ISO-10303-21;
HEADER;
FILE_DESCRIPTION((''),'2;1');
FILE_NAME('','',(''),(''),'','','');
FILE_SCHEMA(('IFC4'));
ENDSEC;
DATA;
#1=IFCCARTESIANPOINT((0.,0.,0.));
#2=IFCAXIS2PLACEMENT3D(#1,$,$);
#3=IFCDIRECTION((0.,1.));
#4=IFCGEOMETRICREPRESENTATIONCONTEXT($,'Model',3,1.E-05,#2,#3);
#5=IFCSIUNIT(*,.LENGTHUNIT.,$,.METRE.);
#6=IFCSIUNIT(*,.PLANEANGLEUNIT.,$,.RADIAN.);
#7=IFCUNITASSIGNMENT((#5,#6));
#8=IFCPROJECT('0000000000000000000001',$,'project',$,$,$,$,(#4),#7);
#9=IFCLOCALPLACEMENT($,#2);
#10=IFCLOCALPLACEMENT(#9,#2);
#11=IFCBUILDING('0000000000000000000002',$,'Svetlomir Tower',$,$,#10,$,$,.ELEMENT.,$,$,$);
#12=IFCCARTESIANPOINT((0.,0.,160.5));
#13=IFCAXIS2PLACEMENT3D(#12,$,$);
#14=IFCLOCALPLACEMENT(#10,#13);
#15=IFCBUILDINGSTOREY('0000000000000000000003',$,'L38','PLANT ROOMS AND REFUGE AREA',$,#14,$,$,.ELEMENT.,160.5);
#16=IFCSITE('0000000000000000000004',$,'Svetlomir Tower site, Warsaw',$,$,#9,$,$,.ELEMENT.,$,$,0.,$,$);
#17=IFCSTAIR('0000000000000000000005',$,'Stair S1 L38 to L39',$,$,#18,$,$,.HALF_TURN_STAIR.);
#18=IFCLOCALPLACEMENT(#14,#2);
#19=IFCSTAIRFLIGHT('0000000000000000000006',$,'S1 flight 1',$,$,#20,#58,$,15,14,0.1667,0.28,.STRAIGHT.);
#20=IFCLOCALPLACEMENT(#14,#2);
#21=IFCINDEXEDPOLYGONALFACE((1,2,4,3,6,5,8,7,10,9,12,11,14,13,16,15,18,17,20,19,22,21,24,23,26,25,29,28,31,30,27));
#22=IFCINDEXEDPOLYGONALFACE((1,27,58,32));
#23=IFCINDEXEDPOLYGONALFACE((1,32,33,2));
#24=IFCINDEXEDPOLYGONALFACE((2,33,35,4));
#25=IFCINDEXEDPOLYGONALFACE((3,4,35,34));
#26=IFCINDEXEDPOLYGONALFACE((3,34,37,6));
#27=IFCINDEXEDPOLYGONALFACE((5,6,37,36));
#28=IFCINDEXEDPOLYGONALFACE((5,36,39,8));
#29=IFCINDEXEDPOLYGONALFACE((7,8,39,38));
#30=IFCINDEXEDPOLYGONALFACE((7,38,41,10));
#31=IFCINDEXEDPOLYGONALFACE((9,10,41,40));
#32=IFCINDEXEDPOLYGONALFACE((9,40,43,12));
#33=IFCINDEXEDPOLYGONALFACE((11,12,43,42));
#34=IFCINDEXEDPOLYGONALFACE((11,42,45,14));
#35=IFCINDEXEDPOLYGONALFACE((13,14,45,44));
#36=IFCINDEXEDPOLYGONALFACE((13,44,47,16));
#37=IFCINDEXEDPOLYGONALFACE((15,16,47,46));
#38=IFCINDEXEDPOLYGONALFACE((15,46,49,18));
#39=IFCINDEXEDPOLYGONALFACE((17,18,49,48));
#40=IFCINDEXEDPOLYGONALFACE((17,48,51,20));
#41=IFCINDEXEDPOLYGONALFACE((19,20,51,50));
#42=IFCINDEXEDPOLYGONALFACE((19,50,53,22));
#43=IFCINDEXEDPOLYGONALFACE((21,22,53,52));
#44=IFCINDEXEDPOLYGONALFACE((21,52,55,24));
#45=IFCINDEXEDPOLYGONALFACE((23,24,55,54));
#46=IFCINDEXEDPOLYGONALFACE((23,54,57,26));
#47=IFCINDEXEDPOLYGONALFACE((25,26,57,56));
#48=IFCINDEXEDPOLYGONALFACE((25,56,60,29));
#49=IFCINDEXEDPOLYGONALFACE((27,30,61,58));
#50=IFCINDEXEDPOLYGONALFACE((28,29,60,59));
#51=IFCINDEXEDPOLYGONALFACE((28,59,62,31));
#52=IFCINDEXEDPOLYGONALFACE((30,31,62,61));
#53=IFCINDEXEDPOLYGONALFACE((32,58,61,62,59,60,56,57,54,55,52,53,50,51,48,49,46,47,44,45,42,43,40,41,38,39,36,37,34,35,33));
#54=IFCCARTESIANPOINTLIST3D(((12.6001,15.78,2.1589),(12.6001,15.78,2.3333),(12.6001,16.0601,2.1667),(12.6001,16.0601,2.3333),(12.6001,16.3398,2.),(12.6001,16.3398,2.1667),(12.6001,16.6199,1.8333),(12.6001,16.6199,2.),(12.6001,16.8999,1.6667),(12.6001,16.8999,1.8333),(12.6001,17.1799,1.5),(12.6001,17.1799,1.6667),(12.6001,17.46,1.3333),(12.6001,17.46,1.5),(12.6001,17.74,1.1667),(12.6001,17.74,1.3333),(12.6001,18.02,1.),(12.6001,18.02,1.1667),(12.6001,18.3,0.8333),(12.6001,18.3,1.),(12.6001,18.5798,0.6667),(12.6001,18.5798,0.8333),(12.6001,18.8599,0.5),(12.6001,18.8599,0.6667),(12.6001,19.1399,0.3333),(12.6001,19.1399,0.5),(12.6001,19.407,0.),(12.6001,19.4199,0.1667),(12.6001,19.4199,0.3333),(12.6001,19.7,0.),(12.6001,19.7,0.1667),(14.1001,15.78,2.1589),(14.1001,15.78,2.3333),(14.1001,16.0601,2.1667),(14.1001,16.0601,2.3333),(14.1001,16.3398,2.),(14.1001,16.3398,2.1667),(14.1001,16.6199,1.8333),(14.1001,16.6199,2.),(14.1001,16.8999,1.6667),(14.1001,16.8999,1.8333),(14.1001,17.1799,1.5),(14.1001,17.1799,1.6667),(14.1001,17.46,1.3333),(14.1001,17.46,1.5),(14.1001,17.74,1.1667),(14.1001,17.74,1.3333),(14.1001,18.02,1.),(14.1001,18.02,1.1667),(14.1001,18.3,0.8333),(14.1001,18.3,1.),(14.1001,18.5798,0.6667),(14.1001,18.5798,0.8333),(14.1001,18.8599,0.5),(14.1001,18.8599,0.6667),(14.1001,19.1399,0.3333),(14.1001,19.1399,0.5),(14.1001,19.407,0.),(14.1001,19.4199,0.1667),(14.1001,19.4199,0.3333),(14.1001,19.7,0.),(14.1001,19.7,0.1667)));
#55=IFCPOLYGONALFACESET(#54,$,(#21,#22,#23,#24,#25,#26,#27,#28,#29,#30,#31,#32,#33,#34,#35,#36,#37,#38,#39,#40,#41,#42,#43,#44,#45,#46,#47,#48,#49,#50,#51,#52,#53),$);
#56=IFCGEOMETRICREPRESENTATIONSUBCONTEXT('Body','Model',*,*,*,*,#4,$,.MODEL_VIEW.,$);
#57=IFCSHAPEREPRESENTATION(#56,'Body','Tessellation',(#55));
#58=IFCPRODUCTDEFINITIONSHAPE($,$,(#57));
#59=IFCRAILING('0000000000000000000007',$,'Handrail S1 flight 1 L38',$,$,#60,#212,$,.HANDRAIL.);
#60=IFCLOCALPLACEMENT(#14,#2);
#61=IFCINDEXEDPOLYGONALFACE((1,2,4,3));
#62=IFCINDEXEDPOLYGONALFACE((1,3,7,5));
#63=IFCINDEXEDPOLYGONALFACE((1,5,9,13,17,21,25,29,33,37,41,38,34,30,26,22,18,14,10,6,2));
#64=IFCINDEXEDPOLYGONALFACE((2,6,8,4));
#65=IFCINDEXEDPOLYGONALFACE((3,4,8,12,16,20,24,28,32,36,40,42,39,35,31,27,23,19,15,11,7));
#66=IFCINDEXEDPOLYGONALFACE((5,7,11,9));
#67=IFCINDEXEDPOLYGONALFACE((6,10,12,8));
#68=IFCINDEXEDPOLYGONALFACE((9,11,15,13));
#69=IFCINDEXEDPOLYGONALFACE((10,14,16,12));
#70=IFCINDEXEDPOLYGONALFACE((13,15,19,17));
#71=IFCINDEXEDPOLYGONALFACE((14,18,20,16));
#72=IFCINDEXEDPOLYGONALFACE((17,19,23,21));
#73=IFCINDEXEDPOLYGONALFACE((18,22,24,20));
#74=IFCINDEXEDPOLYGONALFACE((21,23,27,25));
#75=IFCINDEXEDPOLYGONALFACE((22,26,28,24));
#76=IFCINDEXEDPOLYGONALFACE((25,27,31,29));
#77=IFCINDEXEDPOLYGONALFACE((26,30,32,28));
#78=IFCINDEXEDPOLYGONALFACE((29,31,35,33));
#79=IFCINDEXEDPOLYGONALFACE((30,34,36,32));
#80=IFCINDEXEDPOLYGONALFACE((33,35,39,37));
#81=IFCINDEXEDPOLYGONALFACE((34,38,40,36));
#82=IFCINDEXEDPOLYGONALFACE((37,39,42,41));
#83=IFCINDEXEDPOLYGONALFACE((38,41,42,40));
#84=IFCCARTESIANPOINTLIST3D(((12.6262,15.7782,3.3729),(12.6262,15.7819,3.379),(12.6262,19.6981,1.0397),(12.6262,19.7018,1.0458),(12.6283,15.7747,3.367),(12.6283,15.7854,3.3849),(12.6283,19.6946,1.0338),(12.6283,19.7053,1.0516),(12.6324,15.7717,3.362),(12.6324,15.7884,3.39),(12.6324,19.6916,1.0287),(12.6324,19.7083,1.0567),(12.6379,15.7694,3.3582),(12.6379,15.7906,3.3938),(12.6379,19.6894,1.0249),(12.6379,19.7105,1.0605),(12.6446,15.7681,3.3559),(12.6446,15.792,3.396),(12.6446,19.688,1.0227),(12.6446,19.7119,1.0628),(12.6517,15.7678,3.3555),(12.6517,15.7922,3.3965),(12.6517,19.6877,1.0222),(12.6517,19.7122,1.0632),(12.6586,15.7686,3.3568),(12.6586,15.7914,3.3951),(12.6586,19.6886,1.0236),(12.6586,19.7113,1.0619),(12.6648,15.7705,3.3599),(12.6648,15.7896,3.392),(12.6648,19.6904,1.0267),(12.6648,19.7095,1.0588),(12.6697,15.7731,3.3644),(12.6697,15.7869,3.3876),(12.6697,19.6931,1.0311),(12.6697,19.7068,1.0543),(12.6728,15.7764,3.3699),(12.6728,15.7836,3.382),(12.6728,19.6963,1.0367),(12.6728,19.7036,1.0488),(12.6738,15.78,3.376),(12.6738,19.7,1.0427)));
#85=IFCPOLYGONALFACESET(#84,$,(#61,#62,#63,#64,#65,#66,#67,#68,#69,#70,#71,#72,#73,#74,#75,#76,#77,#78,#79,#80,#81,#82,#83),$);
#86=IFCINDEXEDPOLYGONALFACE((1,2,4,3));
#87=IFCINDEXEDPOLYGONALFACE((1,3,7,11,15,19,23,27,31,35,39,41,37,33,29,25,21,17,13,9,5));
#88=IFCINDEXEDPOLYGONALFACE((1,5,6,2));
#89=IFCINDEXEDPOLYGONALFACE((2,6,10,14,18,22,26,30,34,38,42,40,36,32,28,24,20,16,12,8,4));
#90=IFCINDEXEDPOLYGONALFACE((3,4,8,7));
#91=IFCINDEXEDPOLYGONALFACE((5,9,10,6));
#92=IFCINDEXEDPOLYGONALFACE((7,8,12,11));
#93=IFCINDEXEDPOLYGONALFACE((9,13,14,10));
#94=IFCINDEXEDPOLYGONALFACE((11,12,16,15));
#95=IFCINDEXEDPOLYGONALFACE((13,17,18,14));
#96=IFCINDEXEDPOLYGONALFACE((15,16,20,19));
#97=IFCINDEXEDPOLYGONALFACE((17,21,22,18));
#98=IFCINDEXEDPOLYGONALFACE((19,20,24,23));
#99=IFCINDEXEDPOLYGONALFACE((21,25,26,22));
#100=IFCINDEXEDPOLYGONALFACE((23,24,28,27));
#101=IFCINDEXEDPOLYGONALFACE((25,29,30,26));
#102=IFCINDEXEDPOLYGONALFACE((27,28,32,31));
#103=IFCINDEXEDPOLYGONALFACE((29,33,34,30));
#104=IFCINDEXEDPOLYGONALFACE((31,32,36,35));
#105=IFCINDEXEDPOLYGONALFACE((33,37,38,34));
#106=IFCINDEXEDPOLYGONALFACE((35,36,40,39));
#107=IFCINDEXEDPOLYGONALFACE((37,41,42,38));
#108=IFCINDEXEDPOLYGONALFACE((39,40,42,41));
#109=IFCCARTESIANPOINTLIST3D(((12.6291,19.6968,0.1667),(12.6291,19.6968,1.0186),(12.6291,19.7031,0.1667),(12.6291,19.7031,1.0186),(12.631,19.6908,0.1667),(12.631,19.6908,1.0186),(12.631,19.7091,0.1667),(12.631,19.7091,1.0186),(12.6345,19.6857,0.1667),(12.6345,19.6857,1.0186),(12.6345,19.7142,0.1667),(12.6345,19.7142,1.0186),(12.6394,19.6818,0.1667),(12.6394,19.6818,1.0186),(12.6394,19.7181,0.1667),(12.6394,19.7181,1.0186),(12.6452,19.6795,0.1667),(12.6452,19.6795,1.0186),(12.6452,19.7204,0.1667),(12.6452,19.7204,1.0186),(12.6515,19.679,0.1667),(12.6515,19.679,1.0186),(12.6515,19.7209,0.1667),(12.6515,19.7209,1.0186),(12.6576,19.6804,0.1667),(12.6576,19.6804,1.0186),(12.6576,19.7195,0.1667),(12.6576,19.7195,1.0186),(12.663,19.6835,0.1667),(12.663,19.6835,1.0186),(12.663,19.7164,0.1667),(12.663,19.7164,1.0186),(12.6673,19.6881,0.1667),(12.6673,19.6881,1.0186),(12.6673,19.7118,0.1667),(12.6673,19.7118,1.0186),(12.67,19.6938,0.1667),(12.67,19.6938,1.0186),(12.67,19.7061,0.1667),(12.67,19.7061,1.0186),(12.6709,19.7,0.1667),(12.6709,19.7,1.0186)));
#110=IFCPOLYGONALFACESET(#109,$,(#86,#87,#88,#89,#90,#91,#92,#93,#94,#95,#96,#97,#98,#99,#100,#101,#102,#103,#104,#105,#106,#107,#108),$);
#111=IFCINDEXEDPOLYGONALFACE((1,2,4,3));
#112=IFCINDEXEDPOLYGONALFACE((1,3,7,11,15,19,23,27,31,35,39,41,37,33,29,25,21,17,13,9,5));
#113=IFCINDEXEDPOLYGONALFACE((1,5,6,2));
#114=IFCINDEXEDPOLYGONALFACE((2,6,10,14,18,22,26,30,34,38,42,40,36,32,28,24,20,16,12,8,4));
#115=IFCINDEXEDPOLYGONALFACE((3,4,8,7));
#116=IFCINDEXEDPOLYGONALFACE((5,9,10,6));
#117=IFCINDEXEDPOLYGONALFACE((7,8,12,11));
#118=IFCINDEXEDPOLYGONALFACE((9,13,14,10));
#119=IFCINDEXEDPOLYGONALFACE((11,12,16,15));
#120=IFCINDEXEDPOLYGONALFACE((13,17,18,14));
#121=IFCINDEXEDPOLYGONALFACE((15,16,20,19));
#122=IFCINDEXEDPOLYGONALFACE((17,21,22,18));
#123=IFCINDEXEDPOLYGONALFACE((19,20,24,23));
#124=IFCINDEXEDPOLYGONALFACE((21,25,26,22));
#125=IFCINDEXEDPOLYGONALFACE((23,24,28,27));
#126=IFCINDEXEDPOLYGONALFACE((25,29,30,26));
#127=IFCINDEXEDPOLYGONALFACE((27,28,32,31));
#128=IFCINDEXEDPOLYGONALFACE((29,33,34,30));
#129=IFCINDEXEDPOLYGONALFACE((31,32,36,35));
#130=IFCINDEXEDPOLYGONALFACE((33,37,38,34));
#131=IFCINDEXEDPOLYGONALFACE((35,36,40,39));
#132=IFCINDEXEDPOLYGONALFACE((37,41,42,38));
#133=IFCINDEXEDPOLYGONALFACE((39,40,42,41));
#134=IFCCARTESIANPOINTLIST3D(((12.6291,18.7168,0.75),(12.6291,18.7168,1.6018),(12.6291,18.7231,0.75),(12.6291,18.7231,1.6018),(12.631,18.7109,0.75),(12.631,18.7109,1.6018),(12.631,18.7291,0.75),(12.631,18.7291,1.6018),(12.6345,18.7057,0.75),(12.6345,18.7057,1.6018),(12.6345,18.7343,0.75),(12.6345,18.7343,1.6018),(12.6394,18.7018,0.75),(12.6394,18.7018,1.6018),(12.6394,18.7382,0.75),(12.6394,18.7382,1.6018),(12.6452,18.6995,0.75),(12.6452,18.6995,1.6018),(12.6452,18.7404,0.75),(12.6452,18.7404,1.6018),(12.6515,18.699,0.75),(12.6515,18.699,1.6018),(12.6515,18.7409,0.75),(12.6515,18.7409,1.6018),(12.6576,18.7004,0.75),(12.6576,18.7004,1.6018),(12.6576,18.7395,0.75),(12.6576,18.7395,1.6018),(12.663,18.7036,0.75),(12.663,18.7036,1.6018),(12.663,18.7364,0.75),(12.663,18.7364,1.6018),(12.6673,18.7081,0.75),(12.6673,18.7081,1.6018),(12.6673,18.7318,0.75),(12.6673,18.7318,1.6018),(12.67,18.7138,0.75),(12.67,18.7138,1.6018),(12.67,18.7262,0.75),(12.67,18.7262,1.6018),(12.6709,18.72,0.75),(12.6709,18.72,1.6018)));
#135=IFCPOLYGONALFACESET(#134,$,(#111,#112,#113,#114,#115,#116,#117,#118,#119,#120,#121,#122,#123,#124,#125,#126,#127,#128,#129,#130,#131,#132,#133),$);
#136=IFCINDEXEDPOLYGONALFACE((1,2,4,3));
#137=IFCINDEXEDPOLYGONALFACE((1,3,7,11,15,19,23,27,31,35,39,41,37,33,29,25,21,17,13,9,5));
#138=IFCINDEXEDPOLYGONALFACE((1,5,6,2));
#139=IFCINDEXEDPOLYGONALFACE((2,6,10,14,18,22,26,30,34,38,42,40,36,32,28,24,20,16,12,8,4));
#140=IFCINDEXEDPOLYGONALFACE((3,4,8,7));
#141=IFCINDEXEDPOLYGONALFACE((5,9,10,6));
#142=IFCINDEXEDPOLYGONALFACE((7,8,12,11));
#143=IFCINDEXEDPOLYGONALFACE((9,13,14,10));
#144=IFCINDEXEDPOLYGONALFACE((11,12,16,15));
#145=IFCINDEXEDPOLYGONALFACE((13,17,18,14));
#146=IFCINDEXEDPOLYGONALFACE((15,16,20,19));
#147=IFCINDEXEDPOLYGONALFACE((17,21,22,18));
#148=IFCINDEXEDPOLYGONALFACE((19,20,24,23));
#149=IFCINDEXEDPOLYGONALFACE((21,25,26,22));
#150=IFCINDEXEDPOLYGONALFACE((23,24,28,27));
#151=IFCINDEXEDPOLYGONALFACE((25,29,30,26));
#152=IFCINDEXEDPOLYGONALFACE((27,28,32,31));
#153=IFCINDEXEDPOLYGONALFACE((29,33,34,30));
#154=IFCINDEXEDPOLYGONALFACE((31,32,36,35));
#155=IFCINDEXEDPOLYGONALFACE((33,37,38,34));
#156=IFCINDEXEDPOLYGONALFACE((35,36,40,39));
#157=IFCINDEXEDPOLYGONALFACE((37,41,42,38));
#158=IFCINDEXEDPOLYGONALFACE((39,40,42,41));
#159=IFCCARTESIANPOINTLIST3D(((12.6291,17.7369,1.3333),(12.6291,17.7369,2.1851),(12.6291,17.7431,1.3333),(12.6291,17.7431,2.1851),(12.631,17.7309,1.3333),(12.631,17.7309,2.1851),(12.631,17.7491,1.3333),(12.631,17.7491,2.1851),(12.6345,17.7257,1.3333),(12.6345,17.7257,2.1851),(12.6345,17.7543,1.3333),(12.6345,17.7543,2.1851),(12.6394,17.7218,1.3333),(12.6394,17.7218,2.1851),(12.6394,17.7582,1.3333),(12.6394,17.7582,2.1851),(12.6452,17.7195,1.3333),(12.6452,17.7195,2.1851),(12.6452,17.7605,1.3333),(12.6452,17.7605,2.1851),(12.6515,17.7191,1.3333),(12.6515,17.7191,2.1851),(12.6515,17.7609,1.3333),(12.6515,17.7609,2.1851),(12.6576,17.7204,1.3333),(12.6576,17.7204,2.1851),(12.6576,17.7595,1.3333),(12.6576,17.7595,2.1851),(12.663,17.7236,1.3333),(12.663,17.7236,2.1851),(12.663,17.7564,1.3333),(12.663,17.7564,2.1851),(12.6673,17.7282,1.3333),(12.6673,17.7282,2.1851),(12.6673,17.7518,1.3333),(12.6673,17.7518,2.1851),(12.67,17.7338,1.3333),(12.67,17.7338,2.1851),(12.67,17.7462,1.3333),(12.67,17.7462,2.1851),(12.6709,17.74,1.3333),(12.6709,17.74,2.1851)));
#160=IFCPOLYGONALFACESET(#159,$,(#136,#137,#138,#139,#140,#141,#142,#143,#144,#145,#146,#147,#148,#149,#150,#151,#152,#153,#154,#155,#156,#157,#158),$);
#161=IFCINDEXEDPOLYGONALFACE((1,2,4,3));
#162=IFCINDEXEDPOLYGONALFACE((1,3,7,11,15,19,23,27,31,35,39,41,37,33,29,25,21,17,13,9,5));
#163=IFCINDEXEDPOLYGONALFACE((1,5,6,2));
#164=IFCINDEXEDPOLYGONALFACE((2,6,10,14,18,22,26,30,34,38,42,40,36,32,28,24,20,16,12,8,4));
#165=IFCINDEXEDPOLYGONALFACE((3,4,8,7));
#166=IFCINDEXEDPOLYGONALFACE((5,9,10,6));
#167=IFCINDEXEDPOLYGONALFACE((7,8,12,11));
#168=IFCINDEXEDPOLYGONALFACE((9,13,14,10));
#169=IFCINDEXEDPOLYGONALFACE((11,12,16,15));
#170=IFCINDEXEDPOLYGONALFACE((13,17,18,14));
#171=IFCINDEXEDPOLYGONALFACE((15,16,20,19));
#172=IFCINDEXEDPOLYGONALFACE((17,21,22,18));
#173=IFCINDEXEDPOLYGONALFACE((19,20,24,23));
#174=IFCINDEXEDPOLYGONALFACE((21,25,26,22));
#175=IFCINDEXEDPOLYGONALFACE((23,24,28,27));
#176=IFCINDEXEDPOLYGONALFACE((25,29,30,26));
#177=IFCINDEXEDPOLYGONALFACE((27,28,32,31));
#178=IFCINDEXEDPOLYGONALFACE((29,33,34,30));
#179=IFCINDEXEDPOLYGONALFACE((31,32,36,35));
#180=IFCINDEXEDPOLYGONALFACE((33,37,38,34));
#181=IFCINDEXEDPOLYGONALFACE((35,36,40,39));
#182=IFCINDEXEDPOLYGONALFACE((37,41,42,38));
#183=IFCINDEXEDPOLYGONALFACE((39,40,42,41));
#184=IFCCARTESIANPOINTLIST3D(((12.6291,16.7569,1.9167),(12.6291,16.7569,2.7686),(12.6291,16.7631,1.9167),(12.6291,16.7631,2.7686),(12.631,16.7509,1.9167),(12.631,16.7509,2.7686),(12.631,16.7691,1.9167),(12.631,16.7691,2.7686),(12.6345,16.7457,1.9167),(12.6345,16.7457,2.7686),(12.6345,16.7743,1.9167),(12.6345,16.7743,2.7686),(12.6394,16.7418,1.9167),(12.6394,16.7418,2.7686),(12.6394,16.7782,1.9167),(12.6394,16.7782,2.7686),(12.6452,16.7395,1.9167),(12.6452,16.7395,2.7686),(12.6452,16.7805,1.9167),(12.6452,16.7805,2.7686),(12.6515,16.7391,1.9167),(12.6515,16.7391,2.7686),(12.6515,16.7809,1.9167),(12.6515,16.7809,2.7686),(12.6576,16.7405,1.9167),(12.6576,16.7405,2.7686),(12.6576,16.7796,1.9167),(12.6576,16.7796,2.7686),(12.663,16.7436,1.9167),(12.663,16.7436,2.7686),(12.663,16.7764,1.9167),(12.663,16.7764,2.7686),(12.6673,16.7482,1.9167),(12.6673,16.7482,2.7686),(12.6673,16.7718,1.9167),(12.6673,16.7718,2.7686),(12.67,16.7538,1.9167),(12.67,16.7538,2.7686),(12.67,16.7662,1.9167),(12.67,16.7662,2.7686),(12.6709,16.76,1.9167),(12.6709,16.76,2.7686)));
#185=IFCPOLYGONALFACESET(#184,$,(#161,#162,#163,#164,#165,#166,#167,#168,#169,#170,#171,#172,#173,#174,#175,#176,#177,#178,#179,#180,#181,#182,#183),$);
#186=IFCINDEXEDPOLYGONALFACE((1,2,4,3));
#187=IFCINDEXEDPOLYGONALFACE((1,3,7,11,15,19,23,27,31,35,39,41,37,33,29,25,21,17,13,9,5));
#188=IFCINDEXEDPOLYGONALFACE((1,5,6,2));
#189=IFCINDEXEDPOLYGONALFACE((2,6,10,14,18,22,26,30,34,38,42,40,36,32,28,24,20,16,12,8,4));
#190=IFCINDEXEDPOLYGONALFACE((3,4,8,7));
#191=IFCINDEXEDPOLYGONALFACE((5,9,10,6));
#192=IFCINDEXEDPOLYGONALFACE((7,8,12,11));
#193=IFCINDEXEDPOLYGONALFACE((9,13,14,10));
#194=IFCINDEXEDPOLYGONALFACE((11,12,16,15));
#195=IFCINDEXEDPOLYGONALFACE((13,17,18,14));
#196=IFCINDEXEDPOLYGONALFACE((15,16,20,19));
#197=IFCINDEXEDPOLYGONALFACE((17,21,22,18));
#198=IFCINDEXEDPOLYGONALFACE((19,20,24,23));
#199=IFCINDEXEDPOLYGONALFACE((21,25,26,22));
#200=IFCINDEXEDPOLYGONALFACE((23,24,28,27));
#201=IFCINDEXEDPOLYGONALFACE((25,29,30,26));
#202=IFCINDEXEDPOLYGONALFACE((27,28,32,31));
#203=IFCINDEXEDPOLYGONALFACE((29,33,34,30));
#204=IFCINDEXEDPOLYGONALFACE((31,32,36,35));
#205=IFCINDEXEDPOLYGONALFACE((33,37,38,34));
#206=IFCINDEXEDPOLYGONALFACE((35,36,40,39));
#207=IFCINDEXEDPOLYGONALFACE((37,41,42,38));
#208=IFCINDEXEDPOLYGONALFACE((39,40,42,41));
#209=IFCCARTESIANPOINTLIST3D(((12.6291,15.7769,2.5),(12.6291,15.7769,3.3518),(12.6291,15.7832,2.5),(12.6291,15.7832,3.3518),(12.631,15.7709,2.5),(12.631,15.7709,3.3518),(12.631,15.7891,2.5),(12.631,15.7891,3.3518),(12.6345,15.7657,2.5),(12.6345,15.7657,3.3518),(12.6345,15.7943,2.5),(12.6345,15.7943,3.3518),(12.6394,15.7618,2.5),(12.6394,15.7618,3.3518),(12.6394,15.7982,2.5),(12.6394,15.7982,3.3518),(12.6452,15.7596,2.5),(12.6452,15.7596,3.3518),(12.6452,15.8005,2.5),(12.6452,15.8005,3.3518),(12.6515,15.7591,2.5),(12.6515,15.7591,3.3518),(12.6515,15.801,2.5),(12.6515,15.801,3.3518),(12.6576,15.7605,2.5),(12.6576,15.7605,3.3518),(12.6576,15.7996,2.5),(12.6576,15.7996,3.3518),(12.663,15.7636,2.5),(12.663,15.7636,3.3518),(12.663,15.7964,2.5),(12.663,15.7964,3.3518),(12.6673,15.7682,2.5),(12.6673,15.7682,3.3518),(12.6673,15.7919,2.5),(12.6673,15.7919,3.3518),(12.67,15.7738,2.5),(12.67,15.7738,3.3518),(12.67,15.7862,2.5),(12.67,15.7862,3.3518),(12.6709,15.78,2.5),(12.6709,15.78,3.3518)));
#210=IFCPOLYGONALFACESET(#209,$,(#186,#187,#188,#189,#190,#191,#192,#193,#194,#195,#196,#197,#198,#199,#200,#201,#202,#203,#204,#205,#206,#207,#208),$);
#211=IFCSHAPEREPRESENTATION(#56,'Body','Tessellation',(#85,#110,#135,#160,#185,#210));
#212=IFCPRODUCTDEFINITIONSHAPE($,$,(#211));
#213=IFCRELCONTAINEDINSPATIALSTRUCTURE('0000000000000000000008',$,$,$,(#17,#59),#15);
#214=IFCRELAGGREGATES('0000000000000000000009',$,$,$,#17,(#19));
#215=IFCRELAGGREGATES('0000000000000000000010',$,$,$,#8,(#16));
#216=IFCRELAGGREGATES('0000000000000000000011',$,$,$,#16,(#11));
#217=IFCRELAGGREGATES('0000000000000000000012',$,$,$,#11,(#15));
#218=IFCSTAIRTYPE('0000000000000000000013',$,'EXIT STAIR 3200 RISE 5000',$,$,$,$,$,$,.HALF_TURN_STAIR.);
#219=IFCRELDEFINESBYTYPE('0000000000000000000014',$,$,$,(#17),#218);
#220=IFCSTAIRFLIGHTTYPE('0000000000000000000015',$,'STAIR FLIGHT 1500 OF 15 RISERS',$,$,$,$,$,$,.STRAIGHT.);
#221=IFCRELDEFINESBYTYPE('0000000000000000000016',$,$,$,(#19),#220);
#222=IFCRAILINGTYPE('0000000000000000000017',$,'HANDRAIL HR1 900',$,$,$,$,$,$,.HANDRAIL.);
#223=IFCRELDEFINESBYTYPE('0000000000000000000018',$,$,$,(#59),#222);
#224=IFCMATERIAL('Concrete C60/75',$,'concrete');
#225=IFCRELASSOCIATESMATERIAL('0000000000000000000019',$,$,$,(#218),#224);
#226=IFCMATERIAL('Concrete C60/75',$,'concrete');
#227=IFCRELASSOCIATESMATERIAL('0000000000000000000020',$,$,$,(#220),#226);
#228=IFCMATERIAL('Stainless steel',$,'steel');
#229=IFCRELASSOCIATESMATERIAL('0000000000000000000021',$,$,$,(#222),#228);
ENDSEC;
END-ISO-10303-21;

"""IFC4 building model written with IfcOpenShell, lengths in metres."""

from ifc_helpers import new_model, si_unit, direction, frame, origin, origin_2d, place, context, subcontext, project, spatial, polyline, circle, outline, extrude, material, type_object, element, aggregate, save


model = new_model("IFC4")

# Units and contexts
model_context = context("Model", 3, precision=1e-05, world=origin(), true_north=direction((0.0, 1.0)))
body_context = subcontext(model_context, "Body", "Model", "MODEL_VIEW")
ifc_project = project(units=[si_unit("LENGTHUNIT", "METRE"), si_unit("PLANEANGLEUNIT", "RADIAN")], contexts=[model_context])

# Site, building, storey
site_placement = place(None, origin())
site = spatial("IfcSite", under=ifc_project, at=site_placement, Name="Svetlomir Tower site, Warsaw", CompositionType="ELEMENT", RefElevation=0.0)
building_placement = place(site_placement, origin())
building = spatial("IfcBuilding", under=site, at=building_placement, Name="Svetlomir Tower", CompositionType="ELEMENT")
storey_placement = place(building_placement, frame((0.0, 0.0, 160.5)))
storey = spatial("IfcBuildingStorey", under=building, at=storey_placement, Name="L38", Description="PLANT ROOMS AND REFUGE AREA", CompositionType="ELEMENT", Elevation=160.5)

# Stair, stair flight
ifc_material_1 = material(Name="Concrete C60/75", Category="concrete")
stair_type = type_object("IfcStairType", Name="EXIT STAIR 3200 RISE 5000", PredefinedType="HALF_TURN_STAIR", material=ifc_material_1)
stair_placement = place(storey_placement, origin())
stair = element("IfcStair", 1, at=stair_placement, inside=storey, type_object=stair_type, Name="Stair S1 L38 to L39", PredefinedType="HALF_TURN_STAIR")
ifc_material_2 = material(Name="Concrete C60/75", Category="concrete")
stair_flight_type = type_object("IfcStairFlightType", Name="STAIR FLIGHT 1500 OF 15 RISERS", PredefinedType="STRAIGHT", material=ifc_material_2)
stair_flight_placement = place(storey_placement, frame((13.3501, 19.7, 0.0), z_axis=(0.0, 0.0, 1.0), x_axis=(0.0, -1.0, 0.0)))
stair_flight = element("IfcStairFlight", 2, at=stair_flight_placement, type_object=stair_flight_type, Name="S1 flight 1", NumberOfRisers=15, NumberOfTreads=14, PredefinedType="STRAIGHT", RiserHeight=0.1667, TreadLength=0.28, context=body_context, shape_type="SweptSolid", body=[
    extrude(outline(polyline([(0.0, 0.0), (0.0, 0.1667), (0.28, 0.1667), (0.28, 0.3333), (0.5601, 0.3333), (0.5601, 0.5), (0.8401, 0.5), (0.8401, 0.6667), (1.1201, 0.6667), (1.1201, 0.8333), (1.3999, 0.8333), (1.3999, 1.0), (1.6799, 1.0), (1.6799, 1.1667), (1.96, 1.1667), (1.96, 1.3333), (2.24, 1.3333), (2.24, 1.5), (2.52, 1.5), (2.52, 1.6667), (2.8, 1.6667), (2.8, 1.8333), (3.0801, 1.8333), (3.0801, 2.0), (3.3601, 2.0), (3.3601, 2.1667), (3.6399, 2.1667), (3.6399, 2.3333), (3.9199, 2.3333), (3.9199, 2.5), (3.9199, 2.1589), (0.293, 0.0), (0.0, 0.0)])), frame((0.0, 0.75, 0.0), z_axis=(0.0, -1.0, 0.0), x_axis=(1.0, 0.0, 0.0)), (0.0, 0.0, 1.0), 1.5),
])
aggregate(stair, [stair_flight])

# Railing
ifc_material_3 = material(Name="Stainless steel", Category="steel")
railing_type = type_object("IfcRailingType", Name="HANDRAIL HR1 900", PredefinedType="HANDRAIL", material=ifc_material_3)
railing_placement = place(storey_placement, frame((12.6499, 19.7, 0.1667)))
element("IfcRailing", 3, at=railing_placement, inside=storey, type_object=railing_type, Name="Handrail S1 flight 1 L38", PredefinedType="HANDRAIL", context=body_context, shape_type="SweptSolid", body=[
    extrude(circle(Radius=0.0239, at=origin_2d()), frame((0.0, 0.0, 0.876), z_axis=(0.0, -0.859296, 0.511478), x_axis=(1.0, 0.0, 0.0)), (0.0, 0.0, 1.0), 4.5618),
    extrude(circle(Radius=0.021, at=origin_2d()), origin(), (0.0, 0.0, 1.0), 0.8518),
    extrude(circle(Radius=0.021, at=origin_2d()), frame((0.0, -0.98, 0.5833)), (0.0, 0.0, 1.0), 0.8518),
    extrude(circle(Radius=0.021, at=origin_2d()), frame((0.0, -1.96, 1.1665)), (0.0, 0.0, 1.0), 0.8518),
    extrude(circle(Radius=0.021, at=origin_2d()), frame((0.0, -2.9399, 1.75)), (0.0, 0.0, 1.0), 0.8518),
    extrude(circle(Radius=0.021, at=origin_2d()), frame((0.0, -3.9199, 2.3333)), (0.0, 0.0, 1.0), 0.8518),
])

save(model, "model.ifc")
